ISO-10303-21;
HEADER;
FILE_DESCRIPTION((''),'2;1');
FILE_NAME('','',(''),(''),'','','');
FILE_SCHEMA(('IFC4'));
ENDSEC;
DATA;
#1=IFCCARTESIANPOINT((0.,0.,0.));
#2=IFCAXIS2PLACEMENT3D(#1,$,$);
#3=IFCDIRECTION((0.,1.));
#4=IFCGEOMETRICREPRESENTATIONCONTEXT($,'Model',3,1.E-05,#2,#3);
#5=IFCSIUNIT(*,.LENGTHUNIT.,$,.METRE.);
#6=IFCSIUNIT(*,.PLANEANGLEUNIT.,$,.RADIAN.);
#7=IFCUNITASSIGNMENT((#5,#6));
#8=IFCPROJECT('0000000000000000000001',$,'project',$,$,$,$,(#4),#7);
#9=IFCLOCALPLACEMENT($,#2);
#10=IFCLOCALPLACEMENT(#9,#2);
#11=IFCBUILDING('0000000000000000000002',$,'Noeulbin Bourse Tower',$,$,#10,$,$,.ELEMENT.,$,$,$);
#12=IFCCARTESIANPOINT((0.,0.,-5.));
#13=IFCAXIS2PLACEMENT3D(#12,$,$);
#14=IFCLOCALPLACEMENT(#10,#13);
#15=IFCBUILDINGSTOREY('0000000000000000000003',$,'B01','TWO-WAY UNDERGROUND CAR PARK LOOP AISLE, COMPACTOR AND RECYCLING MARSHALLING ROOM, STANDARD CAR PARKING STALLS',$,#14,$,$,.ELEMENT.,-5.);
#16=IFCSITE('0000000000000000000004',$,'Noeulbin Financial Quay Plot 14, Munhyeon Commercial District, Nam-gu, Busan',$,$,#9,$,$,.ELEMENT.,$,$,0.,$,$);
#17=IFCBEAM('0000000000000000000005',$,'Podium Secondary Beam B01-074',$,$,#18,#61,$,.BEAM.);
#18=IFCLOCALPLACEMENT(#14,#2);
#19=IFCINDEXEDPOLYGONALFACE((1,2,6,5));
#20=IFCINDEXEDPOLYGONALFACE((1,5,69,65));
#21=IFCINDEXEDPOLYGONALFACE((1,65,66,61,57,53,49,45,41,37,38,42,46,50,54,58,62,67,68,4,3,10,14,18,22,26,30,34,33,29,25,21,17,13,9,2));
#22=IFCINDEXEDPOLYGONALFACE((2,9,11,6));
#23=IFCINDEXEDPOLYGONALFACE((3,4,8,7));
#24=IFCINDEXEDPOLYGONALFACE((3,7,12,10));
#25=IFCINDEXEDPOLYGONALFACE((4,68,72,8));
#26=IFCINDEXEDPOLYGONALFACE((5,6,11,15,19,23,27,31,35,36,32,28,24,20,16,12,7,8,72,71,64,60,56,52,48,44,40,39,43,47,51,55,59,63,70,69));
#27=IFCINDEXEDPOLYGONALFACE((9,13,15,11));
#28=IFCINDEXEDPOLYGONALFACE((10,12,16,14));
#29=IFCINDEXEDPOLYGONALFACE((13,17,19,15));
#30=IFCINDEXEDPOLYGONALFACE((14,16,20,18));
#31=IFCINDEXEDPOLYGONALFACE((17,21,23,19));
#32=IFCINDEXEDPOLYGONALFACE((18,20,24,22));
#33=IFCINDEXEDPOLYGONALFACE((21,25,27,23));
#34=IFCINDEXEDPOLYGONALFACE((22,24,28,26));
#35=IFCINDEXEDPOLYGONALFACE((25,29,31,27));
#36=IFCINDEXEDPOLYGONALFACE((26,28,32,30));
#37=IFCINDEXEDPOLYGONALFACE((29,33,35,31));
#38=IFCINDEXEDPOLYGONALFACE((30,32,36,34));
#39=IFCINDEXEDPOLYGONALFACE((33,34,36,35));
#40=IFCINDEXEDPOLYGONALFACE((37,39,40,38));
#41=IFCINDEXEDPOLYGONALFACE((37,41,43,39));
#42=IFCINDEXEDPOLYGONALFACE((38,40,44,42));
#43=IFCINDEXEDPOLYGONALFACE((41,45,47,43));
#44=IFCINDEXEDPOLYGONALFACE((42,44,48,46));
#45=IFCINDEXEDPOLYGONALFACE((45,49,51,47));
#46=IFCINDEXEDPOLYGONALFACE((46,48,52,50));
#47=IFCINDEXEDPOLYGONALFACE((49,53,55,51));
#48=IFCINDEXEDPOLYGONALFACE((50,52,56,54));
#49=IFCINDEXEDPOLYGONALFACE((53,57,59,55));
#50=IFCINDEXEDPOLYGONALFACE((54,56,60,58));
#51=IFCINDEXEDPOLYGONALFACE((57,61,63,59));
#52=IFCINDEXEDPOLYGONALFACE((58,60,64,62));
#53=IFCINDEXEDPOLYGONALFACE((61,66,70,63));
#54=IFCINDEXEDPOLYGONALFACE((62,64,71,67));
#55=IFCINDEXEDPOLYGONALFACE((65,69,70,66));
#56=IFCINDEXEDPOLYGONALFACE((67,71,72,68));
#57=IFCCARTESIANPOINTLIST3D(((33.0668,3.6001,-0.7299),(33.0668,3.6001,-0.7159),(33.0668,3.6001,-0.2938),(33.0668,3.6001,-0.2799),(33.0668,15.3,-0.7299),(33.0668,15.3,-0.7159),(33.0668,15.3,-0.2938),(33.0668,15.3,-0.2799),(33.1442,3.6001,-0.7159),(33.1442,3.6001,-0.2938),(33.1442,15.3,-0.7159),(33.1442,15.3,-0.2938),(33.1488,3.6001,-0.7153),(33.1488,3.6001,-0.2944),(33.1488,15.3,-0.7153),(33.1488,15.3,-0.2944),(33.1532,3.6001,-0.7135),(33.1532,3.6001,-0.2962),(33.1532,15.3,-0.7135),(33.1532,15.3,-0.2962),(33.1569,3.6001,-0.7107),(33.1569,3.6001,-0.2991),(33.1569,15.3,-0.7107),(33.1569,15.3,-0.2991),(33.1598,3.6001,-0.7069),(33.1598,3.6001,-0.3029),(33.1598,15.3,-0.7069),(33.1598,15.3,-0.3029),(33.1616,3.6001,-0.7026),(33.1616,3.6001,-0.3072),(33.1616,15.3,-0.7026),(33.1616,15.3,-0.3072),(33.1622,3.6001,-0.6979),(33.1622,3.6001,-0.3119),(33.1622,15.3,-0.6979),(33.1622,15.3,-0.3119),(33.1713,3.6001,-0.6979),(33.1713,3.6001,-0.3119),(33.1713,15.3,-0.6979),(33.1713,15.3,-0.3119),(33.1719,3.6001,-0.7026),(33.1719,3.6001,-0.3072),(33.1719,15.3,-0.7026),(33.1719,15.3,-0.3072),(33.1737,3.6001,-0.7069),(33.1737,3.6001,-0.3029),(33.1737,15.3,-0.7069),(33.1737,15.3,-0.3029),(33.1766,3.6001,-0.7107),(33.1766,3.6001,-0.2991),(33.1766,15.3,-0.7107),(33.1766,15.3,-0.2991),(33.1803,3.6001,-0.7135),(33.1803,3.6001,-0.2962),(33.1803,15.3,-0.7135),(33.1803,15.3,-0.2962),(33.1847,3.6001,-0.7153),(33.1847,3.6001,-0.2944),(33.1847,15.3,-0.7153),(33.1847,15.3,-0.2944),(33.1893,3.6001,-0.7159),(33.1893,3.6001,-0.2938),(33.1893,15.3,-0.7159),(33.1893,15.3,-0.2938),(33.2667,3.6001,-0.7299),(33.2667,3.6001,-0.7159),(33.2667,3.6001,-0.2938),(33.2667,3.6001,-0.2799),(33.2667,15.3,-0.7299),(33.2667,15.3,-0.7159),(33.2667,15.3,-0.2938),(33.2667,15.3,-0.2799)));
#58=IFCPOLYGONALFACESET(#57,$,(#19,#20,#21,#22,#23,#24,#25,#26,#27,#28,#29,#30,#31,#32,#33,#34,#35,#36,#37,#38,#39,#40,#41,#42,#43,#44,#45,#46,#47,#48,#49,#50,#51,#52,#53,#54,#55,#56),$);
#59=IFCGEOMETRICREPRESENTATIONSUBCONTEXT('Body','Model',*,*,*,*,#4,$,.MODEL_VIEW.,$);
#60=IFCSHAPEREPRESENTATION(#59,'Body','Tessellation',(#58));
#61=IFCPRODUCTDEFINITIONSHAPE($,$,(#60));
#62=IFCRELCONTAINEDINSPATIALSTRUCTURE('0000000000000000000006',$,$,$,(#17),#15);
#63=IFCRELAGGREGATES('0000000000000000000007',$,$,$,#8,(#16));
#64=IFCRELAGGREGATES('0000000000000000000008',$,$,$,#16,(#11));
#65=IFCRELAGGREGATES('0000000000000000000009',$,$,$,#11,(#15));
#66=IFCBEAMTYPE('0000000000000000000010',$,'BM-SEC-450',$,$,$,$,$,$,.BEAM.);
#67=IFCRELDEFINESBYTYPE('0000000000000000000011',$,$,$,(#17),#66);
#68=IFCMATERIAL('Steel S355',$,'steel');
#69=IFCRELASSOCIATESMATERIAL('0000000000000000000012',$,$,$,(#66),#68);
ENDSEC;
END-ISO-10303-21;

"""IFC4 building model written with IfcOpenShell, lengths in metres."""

from ifc_helpers import new_model, si_unit, direction, frame, origin, origin_2d, place, context, subcontext, project, spatial, i_section, extrude, material, material_profile, profile_set, type_object, element, save


model = new_model("IFC4")

# Units and contexts
model_context = context("Model", 3, precision=1e-05, world=origin(), true_north=direction((0.0, 1.0)))
body_context = subcontext(model_context, "Body", "Model", "MODEL_VIEW")
ifc_project = project(units=[si_unit("LENGTHUNIT", "METRE"), si_unit("PLANEANGLEUNIT", "RADIAN")], contexts=[model_context])

# Site, building, storey
site_placement = place(None, origin())
site = spatial("IfcSite", under=ifc_project, at=site_placement, Name="Noeulbin Financial Quay Plot 14, Munhyeon Commercial District, Nam-gu, Busan", CompositionType="ELEMENT", RefElevation=0.0)
building_placement = place(site_placement, origin())
building = spatial("IfcBuilding", under=site, at=building_placement, Name="Noeulbin Bourse Tower", CompositionType="ELEMENT")
storey_placement = place(building_placement, frame((0.0, 0.0, -5.0)))
storey = spatial("IfcBuildingStorey", under=building, at=storey_placement, Name="B01", Description="TWO-WAY UNDERGROUND CAR PARK LOOP AISLE, COMPACTOR AND RECYCLING MARSHALLING ROOM, STANDARD CAR PARKING STALLS", CompositionType="ELEMENT", Elevation=-5.0)

# Beam
ifc_material_1 = material(Name="Steel S355", Category="steel")
ifc_material_profile_1 = material_profile(ifc_material_1, i_section(OverallWidth=0.2, OverallDepth=0.45, WebThickness=0.009, FlangeThickness=0.0139, FilletRadius=0.0181, at=origin_2d()), Name="H-450x200x9x14", Category="LoadBearing")
ifc_profile_set_1 = profile_set([ifc_material_profile_1], Name="Steel S355")
beam_type_1 = type_object("IfcBeamType", Name="BM-SEC-450", PredefinedType="BEAM", material=ifc_profile_set_1)
beam_1_placement = place(storey_placement, frame((33.1667, 3.6001, -0.5049), z_axis=(0.0, 1.0, 0.0), x_axis=(-1.0, 0.0, 0.0)))
element("IfcBeam", 1, at=beam_1_placement, inside=storey, type_object=beam_type_1, Name="Podium Secondary Beam B01-074", PredefinedType="BEAM", context=body_context, shape_type="SweptSolid", body=[
    extrude(i_section(OverallWidth=0.2, OverallDepth=0.45, WebThickness=0.009, FlangeThickness=0.0139, FilletRadius=0.0181, at=origin_2d()), origin(), (0.0, 0.0, 1.0), 11.7),
])

save(model, "model.ifc")
